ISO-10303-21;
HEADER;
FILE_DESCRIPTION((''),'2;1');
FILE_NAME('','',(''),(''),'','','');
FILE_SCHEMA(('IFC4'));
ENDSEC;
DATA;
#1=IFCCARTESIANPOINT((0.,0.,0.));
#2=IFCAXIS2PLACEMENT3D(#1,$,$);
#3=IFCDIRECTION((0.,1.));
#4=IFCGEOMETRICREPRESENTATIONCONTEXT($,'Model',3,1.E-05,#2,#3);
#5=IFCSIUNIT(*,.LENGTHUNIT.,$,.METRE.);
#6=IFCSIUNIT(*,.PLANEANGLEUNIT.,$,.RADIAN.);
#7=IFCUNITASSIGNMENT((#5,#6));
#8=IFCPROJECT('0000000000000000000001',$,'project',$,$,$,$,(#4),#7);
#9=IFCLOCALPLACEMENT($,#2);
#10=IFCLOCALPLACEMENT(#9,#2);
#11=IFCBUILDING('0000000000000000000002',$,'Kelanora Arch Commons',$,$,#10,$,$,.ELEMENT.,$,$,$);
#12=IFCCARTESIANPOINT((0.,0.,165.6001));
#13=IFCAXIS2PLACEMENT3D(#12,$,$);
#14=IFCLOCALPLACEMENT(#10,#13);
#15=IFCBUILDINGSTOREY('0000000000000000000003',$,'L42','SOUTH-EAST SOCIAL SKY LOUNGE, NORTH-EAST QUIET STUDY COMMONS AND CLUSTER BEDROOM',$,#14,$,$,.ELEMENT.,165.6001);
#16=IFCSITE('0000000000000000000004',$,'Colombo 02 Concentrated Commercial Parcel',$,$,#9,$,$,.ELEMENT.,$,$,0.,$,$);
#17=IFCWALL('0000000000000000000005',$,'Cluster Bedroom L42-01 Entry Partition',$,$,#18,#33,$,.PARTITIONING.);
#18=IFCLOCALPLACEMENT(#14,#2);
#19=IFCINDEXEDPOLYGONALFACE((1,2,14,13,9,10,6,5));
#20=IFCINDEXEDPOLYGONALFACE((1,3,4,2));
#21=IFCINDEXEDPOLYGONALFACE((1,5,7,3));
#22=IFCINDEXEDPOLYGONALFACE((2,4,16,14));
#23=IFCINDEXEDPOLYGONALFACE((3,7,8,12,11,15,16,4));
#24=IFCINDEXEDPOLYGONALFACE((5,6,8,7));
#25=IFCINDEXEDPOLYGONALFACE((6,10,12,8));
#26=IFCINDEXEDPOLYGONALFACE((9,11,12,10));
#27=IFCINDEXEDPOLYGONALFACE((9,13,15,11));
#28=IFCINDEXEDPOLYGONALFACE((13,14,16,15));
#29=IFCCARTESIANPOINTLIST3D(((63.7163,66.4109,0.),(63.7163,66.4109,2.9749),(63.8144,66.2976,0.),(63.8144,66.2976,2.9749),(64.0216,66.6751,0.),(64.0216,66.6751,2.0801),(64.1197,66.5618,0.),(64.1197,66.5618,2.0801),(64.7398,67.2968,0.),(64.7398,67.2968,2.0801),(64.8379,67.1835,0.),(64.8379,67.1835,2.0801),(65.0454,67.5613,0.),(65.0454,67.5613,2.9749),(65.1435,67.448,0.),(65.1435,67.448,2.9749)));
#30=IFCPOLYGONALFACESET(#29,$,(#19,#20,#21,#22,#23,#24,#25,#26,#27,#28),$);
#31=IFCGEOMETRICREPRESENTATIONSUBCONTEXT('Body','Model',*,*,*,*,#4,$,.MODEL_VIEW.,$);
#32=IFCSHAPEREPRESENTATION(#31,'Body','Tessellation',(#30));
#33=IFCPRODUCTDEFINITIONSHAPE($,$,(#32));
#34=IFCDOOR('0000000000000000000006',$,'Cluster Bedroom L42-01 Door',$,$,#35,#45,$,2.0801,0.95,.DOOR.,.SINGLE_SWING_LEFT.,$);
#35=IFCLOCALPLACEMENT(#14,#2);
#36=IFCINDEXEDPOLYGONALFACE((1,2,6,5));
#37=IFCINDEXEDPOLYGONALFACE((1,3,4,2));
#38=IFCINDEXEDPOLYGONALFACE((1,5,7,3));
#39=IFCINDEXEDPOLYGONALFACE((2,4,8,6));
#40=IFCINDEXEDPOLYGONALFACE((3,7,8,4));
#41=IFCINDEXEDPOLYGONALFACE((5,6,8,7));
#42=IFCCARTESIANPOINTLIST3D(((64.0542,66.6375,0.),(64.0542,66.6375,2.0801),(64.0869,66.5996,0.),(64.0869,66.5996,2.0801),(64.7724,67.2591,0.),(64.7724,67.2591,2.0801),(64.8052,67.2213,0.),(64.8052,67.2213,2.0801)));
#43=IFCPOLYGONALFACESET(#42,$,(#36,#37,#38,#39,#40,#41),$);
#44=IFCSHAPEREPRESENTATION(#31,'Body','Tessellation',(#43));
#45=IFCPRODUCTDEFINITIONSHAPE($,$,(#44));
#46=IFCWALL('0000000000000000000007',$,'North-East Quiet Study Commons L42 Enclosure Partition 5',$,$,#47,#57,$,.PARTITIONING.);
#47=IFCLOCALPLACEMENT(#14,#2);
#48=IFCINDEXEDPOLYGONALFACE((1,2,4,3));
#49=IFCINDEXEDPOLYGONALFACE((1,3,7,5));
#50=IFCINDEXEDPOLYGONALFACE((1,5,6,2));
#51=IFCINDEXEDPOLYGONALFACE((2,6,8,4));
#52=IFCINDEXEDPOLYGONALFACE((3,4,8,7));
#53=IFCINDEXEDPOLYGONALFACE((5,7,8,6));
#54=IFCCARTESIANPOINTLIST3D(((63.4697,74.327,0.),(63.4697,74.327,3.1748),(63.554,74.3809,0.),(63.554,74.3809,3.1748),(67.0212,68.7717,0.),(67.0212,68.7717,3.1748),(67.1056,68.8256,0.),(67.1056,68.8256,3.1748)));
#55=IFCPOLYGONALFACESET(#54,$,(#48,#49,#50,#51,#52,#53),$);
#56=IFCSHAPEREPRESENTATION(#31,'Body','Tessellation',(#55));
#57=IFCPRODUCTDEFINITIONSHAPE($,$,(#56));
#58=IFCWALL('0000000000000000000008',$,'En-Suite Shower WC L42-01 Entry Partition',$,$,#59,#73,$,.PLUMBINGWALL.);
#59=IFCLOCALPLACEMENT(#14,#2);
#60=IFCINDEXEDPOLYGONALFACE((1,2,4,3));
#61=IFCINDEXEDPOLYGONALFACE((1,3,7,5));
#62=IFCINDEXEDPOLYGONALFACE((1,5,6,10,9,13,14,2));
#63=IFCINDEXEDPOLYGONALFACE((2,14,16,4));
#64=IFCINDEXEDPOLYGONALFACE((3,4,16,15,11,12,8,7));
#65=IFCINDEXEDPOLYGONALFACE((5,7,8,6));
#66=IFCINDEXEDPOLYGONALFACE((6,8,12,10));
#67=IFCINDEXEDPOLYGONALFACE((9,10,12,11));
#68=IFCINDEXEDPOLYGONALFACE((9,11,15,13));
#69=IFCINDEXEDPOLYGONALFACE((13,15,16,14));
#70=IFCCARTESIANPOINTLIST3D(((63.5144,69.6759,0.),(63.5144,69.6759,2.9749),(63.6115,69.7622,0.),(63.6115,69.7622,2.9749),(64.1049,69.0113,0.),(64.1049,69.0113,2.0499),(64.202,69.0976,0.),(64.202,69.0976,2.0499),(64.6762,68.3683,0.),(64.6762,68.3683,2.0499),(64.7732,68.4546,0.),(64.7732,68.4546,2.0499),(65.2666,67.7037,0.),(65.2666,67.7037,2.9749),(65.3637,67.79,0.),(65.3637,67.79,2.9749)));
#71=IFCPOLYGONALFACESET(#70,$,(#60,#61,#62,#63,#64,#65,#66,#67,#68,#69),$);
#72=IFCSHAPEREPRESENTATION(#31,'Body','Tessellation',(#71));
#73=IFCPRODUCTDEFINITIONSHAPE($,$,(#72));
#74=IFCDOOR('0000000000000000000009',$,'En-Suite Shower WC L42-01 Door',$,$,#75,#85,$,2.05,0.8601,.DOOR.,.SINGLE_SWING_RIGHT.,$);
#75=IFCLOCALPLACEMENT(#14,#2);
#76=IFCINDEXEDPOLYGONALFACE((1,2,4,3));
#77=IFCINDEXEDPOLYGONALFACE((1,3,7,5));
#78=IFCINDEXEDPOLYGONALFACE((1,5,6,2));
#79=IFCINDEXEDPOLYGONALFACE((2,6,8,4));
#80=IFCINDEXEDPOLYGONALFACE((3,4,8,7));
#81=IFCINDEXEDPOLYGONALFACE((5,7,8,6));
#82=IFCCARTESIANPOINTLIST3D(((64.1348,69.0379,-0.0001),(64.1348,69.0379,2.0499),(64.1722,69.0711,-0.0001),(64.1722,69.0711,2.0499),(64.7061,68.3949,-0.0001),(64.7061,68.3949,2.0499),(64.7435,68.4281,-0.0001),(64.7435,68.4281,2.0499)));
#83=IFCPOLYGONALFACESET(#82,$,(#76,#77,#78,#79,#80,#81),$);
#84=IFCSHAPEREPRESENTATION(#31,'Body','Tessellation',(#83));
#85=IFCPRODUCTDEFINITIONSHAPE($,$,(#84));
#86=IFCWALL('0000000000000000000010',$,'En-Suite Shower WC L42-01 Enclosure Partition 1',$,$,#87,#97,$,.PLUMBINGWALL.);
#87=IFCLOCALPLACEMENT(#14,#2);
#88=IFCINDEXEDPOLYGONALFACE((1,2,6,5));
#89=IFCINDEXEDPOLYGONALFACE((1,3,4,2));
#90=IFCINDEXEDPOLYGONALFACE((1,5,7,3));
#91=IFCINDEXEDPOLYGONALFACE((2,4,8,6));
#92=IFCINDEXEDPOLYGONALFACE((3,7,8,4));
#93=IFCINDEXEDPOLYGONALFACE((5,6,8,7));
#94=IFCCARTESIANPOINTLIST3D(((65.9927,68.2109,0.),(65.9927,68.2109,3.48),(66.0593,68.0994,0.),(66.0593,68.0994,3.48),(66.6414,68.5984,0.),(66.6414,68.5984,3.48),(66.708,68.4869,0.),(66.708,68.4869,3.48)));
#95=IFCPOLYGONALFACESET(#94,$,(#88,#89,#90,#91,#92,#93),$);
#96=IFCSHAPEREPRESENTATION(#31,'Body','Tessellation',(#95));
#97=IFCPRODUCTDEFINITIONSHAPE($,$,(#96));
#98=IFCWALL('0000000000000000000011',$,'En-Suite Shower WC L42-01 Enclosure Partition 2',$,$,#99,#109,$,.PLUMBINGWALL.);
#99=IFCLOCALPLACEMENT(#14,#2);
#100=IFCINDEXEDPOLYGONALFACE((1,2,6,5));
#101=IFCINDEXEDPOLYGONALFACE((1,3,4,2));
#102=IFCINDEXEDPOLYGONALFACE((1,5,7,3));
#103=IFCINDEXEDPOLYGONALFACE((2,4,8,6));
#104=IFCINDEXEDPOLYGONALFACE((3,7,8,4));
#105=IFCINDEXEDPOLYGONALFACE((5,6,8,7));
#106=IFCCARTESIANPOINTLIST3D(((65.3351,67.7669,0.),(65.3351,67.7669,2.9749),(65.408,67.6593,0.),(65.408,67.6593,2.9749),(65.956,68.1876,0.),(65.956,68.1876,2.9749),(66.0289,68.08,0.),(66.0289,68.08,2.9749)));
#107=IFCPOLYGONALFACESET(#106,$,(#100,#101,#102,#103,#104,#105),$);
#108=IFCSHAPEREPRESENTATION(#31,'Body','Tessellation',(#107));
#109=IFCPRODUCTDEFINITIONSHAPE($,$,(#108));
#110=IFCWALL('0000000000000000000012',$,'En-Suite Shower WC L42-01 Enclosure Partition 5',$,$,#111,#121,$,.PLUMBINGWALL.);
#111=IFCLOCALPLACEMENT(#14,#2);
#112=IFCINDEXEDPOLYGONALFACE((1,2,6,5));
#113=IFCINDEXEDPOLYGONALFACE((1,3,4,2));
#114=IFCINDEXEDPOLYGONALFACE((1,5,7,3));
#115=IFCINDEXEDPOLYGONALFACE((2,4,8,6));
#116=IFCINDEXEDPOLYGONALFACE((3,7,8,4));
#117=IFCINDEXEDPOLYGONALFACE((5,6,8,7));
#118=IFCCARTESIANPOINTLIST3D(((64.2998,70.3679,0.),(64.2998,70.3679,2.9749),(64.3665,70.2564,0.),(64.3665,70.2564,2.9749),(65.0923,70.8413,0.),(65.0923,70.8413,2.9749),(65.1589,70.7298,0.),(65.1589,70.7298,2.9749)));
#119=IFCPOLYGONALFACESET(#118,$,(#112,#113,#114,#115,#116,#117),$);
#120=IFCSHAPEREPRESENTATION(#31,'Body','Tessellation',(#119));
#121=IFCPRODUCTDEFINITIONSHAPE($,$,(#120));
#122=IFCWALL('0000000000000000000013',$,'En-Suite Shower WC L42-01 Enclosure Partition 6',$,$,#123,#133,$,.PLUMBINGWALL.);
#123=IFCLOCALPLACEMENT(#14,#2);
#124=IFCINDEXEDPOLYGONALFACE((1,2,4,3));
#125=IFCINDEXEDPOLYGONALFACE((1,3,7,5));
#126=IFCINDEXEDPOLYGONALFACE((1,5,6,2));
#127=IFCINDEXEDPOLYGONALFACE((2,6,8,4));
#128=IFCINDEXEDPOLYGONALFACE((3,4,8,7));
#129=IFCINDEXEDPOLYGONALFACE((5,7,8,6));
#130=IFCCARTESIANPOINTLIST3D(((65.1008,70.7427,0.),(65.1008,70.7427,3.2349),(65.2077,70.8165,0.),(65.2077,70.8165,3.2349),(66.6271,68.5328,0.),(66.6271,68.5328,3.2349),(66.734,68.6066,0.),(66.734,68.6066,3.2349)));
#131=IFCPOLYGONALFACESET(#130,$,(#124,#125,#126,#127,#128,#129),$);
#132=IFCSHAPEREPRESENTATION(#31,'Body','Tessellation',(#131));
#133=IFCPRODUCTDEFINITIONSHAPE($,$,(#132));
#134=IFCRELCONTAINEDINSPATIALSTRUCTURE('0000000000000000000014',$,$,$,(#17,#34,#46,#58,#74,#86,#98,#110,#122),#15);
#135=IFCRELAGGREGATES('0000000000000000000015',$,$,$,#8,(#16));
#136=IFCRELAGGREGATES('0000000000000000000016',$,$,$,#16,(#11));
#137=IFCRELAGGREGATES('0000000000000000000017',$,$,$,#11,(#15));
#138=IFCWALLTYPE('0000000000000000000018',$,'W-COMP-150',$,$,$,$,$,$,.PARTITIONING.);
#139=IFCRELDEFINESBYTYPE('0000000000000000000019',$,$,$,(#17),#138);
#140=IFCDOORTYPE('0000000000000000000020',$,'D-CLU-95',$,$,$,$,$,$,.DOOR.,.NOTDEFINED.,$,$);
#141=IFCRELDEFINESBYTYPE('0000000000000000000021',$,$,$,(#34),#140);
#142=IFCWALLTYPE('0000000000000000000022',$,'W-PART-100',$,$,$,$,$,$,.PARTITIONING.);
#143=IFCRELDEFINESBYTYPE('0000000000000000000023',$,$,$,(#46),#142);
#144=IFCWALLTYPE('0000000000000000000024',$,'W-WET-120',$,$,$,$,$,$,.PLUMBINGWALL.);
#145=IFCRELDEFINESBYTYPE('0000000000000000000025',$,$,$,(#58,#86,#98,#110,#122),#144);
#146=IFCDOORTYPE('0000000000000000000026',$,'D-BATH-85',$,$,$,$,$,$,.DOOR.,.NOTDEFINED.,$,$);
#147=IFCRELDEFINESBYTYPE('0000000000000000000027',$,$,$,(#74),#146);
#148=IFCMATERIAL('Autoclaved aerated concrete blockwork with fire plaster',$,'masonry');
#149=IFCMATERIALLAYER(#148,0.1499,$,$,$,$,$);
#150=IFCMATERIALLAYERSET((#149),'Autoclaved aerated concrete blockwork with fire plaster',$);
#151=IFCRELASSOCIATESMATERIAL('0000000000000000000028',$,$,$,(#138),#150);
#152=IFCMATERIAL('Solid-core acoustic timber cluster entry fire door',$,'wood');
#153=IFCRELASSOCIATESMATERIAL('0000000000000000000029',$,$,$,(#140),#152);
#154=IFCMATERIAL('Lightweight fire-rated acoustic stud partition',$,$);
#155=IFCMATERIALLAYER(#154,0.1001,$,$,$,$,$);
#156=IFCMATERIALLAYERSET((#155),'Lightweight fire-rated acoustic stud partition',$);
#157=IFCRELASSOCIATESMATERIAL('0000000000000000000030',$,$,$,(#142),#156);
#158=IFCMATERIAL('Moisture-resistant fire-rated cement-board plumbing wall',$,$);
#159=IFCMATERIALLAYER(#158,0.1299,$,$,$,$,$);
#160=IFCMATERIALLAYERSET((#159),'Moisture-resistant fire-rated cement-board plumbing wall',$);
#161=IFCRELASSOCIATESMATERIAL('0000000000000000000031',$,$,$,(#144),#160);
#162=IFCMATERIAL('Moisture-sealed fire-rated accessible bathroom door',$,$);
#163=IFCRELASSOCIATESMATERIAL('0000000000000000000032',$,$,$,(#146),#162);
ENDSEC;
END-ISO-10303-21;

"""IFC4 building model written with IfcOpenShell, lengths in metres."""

from ifc_helpers import new_model, si_unit, direction, frame, frame_2d, origin, place, context, subcontext, project, spatial, rectangle, extrude, material, layer, layer_set, type_object, element, fill, save


model = new_model("IFC4")

# Units and contexts
model_context = context("Model", 3, precision=1e-05, world=origin(), true_north=direction((0.0, 1.0)))
body_context = subcontext(model_context, "Body", "Model", "MODEL_VIEW")
ifc_project = project(units=[si_unit("LENGTHUNIT", "METRE"), si_unit("PLANEANGLEUNIT", "RADIAN")], contexts=[model_context])

# Site, building, storey
site_placement = place(None, origin())
site = spatial("IfcSite", under=ifc_project, at=site_placement, Name="Colombo 02 Concentrated Commercial Parcel", CompositionType="ELEMENT", RefElevation=0.0)
building_placement = place(site_placement, origin())
building = spatial("IfcBuilding", under=site, at=building_placement, Name="Kelanora Arch Commons", CompositionType="ELEMENT")
storey_placement = place(building_placement, frame((0.0, 0.0, 165.6001)))
storey = spatial("IfcBuildingStorey", under=building, at=storey_placement, Name="L42", Description="SOUTH-EAST SOCIAL SKY LOUNGE, NORTH-EAST QUIET STUDY COMMONS AND CLUSTER BEDROOM", CompositionType="ELEMENT", Elevation=165.6001)

# Wall, opening, door
ifc_material_1 = material(Name="Autoclaved aerated concrete blockwork with fire plaster", Category="masonry")
ifc_layer_1 = layer(ifc_material_1, 0.1499)
ifc_layer_set_1 = layer_set([ifc_layer_1], Name="Autoclaved aerated concrete blockwork with fire plaster")
wall_type_1 = type_object("IfcWallType", Name="W-COMP-150", PredefinedType="PARTITIONING", material=ifc_layer_set_1)
wall_1_placement = place(storey_placement, frame((65.0945, 67.5046, 0.0), z_axis=(0.0, 0.0, 1.0), x_axis=(-0.756111, -0.654444, 0.0)))
wall_1 = element("IfcWall", 1, at=wall_1_placement, inside=storey, type_object=wall_type_1, Name="Cluster Bedroom L42-01 Entry Partition", PredefinedType="PARTITIONING", context=body_context, shape_type="SweptSolid", body=[
    extrude(rectangle(XDim=1.7578, YDim=0.1499, at=frame_2d((0.8789, 0.0))), origin(), (0.0, 0.0, 1.0), 2.9749),
])
opening_1_placement = place(wall_1_placement, frame((0.4041, 0.0, 0.0)))
opening_1 = element("IfcOpeningElement", 2, at=opening_1_placement, cuts=wall_1, PredefinedType="OPENING", context=body_context, shape_type="SweptSolid", body=[
    extrude(rectangle(XDim=0.95, YDim=2.0801, at=frame_2d((0.4751, 1.04))), frame((0.0, 0.085, 0.0), z_axis=(0.0, -1.0, 0.0), x_axis=(1.0, 0.0, 0.0)), (0.0, 0.0, 1.0), 0.1699),
])
ifc_material_2 = material(Name="Solid-core acoustic timber cluster entry fire door", Category="wood")
door_type_1 = type_object("IfcDoorType", Name="D-CLU-95", OperationType="NOTDEFINED", PredefinedType="DOOR", material=ifc_material_2)
door_1_placement = place(opening_1_placement, origin())
door_1 = element("IfcDoor", 3, at=door_1_placement, inside=storey, type_object=door_type_1, Name="Cluster Bedroom L42-01 Door", OperationType="SINGLE_SWING_LEFT", OverallHeight=2.0801, OverallWidth=0.95, PredefinedType="DOOR", context=body_context, shape_type="SweptSolid", body=[
    extrude(rectangle(XDim=0.95, YDim=2.0801, at=frame_2d((0.4751, 1.04))), frame((0.0, 0.0249, 0.0), z_axis=(0.0, -1.0, 0.0), x_axis=(1.0, 0.0, 0.0)), (0.0, 0.0, 1.0), 0.05),
])
fill(opening_1, door_1)

# Wall
ifc_material_3 = material(Name="Lightweight fire-rated acoustic stud partition")
ifc_layer_2 = layer(ifc_material_3, 0.1001)
ifc_layer_set_2 = layer_set([ifc_layer_2], Name="Lightweight fire-rated acoustic stud partition")
wall_type_2 = type_object("IfcWallType", Name="W-PART-100", PredefinedType="PARTITIONING", material=ifc_layer_set_2)
wall_2_placement = place(storey_placement, frame((67.0635, 68.7986, 0.0), z_axis=(0.0, 0.0, 1.0), x_axis=(-0.538645, 0.842533, 0.0)))
element("IfcWall", 4, at=wall_2_placement, inside=storey, type_object=wall_type_2, Name="North-East Quiet Study Commons L42 Enclosure Partition 5", PredefinedType="PARTITIONING", context=body_context, shape_type="SweptSolid", body=[
    extrude(rectangle(XDim=6.5935, YDim=0.1001, at=frame_2d((3.2969, 0.0))), origin(), (0.0, 0.0, 1.0), 3.1748),
])

# Wall, opening, door
ifc_material_4 = material(Name="Moisture-resistant fire-rated cement-board plumbing wall")
ifc_layer_3 = layer(ifc_material_4, 0.1299)
ifc_layer_set_3 = layer_set([ifc_layer_3], Name="Moisture-resistant fire-rated cement-board plumbing wall")
wall_type_3 = type_object("IfcWallType", Name="W-WET-120", PredefinedType="PLUMBINGWALL", material=ifc_layer_set_3)
wall_3_placement = place(storey_placement, frame((65.3152, 67.7468, 0.0), z_axis=(0.0, 0.0, 1.0), x_axis=(-0.664186, 0.747568, 0.0)))
wall_3 = element("IfcWall", 5, at=wall_3_placement, inside=storey, type_object=wall_type_3, Name="En-Suite Shower WC L42-01 Entry Partition", PredefinedType="PLUMBINGWALL", context=body_context, shape_type="SweptSolid", body=[
    extrude(rectangle(XDim=2.6382, YDim=0.1299, at=frame_2d((1.3191, 0.0))), origin(), (0.0, 0.0, 1.0), 2.9749),
])
opening_2_placement = place(wall_3_placement, frame((0.8889, 0.0, 0.0)))
opening_2 = element("IfcOpeningElement", 6, at=opening_2_placement, cuts=wall_3, PredefinedType="OPENING", context=body_context, shape_type="SweptSolid", body=[
    extrude(rectangle(XDim=0.8601, YDim=2.05, at=frame_2d((0.4302, 1.0249))), frame((0.0, 0.075, 0.0), z_axis=(0.0, -1.0, 0.0), x_axis=(1.0, 0.0, 0.0)), (0.0, 0.0, 1.0), 0.1499),
])
ifc_material_5 = material(Name="Moisture-sealed fire-rated accessible bathroom door")
door_type_2 = type_object("IfcDoorType", Name="D-BATH-85", OperationType="NOTDEFINED", PredefinedType="DOOR", material=ifc_material_5)
door_2_placement = place(opening_2_placement, origin())
door_2 = element("IfcDoor", 7, at=door_2_placement, inside=storey, type_object=door_type_2, Name="En-Suite Shower WC L42-01 Door", OperationType="SINGLE_SWING_RIGHT", OverallHeight=2.05, OverallWidth=0.8601, PredefinedType="DOOR", context=body_context, shape_type="SweptSolid", body=[
    extrude(rectangle(XDim=0.8601, YDim=2.05, at=frame_2d((0.4302, 1.0249))), frame((0.0, 0.0249, 0.0), z_axis=(0.0, -1.0, 0.0), x_axis=(1.0, 0.0, 0.0)), (0.0, 0.0, 1.0), 0.05),
])
fill(opening_2, door_2)

# Walls
wall_4_placement = place(storey_placement, frame((66.6748, 68.5427, 0.0), z_axis=(0.0, 0.0, 1.0), x_axis=(-0.858518, -0.512784, 0.0)))
element("IfcWall", 8, at=wall_4_placement, inside=storey, type_object=wall_type_3, Name="En-Suite Shower WC L42-01 Enclosure Partition 1", PredefinedType="PLUMBINGWALL", context=body_context, shape_type="SweptSolid", body=[
    extrude(rectangle(XDim=0.7556, YDim=0.1299, at=frame_2d((0.3779, 0.0))), origin(), (0.0, 0.0, 1.0), 3.48),
])
wall_5_placement = place(storey_placement, frame((65.9924, 68.1338, 0.0), z_axis=(0.0, 0.0, 1.0), x_axis=(-0.82787, -0.56092, 0.0)))
element("IfcWall", 9, at=wall_5_placement, inside=storey, type_object=wall_type_3, Name="En-Suite Shower WC L42-01 Enclosure Partition 2", PredefinedType="PLUMBINGWALL", context=body_context, shape_type="SweptSolid", body=[
    extrude(rectangle(XDim=0.75, YDim=0.1299, at=frame_2d((0.375, 0.0))), origin(), (0.0, 0.0, 1.0), 2.9749),
])
wall_6_placement = place(storey_placement, frame((64.3333, 70.3123, 0.0), z_axis=(0.0, 0.0, 1.0), x_axis=(0.858495, 0.512822, 0.0)))
element("IfcWall", 10, at=wall_6_placement, inside=storey, type_object=wall_type_3, Name="En-Suite Shower WC L42-01 Enclosure Partition 5", PredefinedType="PLUMBINGWALL", context=body_context, shape_type="SweptSolid", body=[
    extrude(rectangle(XDim=0.9231, YDim=0.1299, at=frame_2d((0.4614, 0.0))), origin(), (0.0, 0.0, 1.0), 2.9749),
])
wall_7_placement = place(storey_placement, frame((65.1543, 70.7795, 0.0), z_axis=(0.0, 0.0, 1.0), x_axis=(0.568302, -0.82282, 0.0)))
element("IfcWall", 11, at=wall_7_placement, inside=storey, type_object=wall_type_3, Name="En-Suite Shower WC L42-01 Enclosure Partition 6", PredefinedType="PLUMBINGWALL", context=body_context, shape_type="SweptSolid", body=[
    extrude(rectangle(XDim=2.6858, YDim=0.1299, at=frame_2d((1.3428, 0.0))), origin(), (0.0, 0.0, 1.0), 3.2349),
])

save(model, "model.ifc")
